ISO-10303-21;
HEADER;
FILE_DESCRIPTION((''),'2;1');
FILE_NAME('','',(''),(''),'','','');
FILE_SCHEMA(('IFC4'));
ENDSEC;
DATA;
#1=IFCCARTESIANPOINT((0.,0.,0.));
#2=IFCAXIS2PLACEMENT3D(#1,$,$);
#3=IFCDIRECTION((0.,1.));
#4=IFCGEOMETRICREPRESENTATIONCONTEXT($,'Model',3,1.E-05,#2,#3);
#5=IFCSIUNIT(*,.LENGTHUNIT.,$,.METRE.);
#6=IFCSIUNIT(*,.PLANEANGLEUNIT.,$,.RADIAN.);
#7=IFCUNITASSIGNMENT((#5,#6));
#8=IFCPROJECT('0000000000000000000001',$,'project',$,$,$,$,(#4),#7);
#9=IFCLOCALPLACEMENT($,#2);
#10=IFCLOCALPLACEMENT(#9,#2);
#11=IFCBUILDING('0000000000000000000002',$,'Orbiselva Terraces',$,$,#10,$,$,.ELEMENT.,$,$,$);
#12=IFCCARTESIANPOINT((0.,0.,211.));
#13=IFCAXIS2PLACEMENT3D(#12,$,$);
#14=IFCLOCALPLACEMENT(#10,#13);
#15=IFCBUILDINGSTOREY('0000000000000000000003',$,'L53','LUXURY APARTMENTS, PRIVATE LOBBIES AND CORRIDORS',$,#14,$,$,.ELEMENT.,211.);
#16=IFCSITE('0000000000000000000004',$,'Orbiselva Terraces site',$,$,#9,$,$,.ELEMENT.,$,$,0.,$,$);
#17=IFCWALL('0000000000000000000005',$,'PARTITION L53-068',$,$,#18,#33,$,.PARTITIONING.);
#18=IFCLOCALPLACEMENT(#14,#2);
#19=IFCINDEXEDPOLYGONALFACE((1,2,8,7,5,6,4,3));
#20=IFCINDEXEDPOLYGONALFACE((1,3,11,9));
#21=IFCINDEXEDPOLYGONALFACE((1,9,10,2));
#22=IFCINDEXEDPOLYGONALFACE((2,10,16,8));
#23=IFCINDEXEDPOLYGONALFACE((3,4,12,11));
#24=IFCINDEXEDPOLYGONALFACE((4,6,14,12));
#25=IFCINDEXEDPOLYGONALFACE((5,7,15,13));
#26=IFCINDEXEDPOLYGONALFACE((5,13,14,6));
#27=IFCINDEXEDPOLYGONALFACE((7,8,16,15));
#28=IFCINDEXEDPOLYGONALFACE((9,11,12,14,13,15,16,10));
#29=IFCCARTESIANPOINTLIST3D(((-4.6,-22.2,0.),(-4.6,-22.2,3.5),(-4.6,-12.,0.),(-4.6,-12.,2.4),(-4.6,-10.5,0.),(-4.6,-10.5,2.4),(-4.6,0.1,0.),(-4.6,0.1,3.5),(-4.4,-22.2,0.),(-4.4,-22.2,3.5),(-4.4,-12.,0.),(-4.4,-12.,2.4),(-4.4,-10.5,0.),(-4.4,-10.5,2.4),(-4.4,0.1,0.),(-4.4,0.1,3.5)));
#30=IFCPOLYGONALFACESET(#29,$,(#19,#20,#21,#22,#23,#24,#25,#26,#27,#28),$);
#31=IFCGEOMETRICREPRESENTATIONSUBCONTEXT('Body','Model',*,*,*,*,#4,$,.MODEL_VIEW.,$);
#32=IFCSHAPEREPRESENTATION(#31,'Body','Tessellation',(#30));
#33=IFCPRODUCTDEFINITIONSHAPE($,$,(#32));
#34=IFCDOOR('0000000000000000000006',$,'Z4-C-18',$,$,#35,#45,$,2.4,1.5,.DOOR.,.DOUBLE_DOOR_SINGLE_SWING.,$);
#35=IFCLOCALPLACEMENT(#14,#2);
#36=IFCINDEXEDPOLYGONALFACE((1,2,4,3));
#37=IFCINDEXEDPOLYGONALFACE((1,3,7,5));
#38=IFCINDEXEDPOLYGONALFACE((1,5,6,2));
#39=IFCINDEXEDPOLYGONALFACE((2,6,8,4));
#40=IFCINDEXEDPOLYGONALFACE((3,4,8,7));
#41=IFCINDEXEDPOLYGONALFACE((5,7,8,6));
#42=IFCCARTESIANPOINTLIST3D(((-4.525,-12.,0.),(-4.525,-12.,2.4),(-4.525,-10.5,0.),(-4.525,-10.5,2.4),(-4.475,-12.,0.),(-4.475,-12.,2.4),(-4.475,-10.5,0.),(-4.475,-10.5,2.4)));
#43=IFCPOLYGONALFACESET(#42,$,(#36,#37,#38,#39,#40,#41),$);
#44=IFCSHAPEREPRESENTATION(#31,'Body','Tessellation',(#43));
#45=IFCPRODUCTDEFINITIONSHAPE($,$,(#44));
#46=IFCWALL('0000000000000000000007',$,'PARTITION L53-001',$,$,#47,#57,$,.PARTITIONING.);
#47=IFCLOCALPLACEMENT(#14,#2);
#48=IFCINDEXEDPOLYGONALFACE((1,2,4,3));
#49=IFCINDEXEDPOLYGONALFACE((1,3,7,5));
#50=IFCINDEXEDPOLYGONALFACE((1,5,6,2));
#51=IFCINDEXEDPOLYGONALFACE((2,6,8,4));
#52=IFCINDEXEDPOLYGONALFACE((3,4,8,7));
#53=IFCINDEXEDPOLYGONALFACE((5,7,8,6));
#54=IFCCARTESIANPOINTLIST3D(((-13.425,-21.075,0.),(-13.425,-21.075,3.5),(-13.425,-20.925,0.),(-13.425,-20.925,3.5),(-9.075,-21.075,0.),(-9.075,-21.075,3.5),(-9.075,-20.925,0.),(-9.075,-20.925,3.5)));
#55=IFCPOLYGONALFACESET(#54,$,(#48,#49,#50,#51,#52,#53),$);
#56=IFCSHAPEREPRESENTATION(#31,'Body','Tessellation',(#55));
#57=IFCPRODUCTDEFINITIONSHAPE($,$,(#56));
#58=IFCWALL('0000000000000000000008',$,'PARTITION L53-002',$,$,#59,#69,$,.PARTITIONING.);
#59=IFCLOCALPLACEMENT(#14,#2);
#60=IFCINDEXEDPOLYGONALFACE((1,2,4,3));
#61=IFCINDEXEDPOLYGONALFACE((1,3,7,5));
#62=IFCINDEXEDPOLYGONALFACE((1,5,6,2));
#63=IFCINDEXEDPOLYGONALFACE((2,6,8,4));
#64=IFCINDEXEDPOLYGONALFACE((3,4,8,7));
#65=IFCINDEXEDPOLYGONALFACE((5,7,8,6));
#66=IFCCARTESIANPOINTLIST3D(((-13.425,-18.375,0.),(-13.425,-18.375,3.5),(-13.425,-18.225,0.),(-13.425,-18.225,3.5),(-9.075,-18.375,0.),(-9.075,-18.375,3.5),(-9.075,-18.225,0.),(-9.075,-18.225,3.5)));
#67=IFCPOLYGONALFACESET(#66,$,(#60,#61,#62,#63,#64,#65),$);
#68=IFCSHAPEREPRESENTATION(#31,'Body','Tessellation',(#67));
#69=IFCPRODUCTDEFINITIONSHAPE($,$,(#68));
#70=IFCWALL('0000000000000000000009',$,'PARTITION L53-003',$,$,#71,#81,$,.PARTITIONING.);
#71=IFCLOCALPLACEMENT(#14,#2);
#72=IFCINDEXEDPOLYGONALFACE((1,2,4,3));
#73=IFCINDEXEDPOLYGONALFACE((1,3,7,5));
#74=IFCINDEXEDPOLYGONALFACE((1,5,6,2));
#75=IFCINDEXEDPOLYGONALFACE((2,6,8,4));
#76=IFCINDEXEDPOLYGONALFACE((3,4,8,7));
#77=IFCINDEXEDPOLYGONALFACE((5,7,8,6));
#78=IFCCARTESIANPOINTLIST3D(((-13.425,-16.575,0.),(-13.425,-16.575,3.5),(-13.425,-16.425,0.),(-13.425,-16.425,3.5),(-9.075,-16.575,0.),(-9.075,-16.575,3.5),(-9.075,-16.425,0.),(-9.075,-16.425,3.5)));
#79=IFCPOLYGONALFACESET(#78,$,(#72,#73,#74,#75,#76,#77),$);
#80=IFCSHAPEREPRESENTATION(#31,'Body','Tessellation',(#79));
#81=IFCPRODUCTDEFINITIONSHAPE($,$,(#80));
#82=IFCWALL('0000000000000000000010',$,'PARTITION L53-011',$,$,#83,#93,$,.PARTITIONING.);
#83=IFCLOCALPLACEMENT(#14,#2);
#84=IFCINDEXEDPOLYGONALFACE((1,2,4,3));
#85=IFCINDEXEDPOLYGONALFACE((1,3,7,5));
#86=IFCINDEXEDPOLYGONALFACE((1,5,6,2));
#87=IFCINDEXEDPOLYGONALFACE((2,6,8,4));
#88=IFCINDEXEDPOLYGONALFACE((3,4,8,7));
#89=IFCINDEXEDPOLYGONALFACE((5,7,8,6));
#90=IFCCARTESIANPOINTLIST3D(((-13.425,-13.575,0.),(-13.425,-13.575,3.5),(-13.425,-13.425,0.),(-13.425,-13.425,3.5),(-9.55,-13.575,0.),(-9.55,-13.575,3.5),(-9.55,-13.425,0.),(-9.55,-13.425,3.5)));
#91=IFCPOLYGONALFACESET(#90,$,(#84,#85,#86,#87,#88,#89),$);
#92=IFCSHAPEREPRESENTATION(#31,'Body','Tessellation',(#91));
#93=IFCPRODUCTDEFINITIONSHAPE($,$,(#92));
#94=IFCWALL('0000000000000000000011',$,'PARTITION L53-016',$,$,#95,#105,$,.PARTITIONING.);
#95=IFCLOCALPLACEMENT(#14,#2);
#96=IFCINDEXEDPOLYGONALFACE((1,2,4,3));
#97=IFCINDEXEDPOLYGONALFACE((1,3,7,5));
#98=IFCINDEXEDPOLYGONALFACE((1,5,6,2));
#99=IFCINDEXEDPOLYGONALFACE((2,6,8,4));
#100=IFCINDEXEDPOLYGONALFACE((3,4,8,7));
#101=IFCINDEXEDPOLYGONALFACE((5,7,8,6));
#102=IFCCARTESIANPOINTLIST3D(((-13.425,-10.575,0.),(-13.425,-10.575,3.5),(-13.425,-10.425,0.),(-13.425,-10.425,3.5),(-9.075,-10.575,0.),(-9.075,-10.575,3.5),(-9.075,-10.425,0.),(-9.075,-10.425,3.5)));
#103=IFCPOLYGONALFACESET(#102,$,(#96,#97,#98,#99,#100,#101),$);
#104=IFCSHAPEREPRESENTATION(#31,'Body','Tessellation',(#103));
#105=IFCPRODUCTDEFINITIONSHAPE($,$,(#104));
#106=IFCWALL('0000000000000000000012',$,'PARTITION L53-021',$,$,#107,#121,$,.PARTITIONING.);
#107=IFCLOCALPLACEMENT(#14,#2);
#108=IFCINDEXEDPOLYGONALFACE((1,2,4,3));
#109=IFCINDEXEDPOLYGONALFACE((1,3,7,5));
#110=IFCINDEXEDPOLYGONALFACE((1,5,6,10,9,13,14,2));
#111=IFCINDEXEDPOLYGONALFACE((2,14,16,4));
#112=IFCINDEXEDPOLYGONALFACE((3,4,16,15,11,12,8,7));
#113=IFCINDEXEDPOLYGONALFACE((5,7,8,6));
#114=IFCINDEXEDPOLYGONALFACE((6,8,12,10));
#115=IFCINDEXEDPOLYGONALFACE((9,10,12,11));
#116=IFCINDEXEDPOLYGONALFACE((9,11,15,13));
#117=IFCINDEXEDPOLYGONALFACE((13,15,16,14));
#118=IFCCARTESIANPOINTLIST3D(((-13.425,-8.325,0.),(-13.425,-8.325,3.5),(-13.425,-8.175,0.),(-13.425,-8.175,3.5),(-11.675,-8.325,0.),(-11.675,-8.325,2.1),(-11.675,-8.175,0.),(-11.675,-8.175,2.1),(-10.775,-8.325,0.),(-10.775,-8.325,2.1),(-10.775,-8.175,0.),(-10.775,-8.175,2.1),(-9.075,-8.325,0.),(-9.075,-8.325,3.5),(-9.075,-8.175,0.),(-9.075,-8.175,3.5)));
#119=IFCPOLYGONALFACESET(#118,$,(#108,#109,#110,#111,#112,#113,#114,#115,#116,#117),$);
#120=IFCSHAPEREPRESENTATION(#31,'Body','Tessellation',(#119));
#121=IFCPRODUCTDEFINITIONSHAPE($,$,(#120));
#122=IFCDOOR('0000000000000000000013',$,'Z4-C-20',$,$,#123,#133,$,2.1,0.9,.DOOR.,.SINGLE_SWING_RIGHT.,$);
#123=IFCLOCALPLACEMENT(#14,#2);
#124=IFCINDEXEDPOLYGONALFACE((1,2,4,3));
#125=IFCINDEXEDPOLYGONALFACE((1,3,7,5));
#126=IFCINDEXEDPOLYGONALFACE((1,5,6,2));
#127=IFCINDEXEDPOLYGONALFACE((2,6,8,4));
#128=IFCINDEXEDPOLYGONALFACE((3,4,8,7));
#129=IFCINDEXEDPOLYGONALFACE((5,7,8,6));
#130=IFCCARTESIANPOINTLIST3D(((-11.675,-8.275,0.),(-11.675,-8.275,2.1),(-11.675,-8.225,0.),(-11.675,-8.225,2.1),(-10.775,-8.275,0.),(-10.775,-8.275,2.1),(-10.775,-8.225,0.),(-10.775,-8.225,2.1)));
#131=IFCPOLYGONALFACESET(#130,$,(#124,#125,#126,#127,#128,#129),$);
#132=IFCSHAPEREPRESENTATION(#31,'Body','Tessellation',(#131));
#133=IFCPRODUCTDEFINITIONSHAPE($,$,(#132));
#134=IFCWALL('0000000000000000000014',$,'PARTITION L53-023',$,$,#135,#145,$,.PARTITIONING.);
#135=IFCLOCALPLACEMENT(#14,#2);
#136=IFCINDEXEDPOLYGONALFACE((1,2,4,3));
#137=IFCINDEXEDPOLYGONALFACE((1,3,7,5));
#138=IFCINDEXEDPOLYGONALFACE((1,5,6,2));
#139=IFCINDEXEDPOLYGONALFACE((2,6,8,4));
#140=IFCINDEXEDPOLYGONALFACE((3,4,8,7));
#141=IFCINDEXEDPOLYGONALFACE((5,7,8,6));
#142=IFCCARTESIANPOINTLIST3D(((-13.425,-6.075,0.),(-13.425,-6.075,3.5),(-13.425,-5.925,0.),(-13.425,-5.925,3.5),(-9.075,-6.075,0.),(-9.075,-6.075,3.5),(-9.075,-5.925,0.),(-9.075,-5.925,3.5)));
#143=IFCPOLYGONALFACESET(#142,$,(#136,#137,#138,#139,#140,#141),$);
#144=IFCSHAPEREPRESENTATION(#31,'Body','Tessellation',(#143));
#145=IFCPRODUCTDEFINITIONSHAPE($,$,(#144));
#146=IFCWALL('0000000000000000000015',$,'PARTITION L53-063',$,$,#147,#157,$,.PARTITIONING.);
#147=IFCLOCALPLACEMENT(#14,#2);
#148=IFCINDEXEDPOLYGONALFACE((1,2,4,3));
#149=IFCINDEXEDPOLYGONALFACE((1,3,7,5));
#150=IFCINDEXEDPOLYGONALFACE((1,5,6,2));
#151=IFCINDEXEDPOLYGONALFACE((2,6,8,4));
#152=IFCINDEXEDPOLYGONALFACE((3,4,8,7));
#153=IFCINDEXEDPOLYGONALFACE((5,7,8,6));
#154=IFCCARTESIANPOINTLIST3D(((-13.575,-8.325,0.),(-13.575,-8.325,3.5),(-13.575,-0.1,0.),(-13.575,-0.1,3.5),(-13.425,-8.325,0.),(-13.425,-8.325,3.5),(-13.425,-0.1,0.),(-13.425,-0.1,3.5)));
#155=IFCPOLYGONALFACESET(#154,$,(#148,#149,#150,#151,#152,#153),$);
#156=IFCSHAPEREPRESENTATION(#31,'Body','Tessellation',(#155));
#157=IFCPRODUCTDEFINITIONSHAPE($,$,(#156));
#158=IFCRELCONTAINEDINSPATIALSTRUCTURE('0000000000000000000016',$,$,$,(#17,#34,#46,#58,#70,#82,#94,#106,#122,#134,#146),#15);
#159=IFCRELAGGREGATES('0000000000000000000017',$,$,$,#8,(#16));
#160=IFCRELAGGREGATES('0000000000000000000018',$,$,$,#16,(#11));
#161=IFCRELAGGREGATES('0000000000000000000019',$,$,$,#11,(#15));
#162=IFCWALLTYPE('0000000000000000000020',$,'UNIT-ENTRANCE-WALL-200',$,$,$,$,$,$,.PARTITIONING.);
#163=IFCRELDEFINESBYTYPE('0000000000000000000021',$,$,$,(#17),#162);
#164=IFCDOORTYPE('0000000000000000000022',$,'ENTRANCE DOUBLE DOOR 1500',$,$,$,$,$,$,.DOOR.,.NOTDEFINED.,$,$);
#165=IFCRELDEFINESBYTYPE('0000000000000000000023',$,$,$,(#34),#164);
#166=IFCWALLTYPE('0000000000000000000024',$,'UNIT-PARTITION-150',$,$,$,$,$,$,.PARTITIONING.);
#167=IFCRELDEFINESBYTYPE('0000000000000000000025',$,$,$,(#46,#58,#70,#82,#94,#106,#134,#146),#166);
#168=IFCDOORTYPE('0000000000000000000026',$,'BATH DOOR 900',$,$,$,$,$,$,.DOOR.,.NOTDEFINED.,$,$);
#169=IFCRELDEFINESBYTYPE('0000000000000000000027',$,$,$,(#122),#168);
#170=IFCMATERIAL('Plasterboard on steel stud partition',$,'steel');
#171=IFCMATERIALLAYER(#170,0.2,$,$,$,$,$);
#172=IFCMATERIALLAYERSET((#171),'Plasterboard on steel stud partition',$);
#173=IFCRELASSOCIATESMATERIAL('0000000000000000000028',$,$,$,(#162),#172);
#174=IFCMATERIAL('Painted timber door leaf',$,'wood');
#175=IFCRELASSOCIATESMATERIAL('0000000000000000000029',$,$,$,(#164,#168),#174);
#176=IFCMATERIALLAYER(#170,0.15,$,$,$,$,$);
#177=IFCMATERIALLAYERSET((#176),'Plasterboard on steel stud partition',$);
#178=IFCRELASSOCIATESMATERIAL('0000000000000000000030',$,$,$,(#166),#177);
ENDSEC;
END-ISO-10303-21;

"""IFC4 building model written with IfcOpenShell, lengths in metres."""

from ifc_helpers import new_model, si_unit, direction, frame, frame_2d, origin, place, context, subcontext, project, spatial, rectangle, extrude, material, layer, layer_set, type_object, element, fill, save


model = new_model("IFC4")

# Units and contexts
model_context = context("Model", 3, precision=1e-05, world=origin(), true_north=direction((0.0, 1.0)))
body_context = subcontext(model_context, "Body", "Model", "MODEL_VIEW")
ifc_project = project(units=[si_unit("LENGTHUNIT", "METRE"), si_unit("PLANEANGLEUNIT", "RADIAN")], contexts=[model_context])

# Site, building, storey
site_placement = place(None, origin())
site = spatial("IfcSite", under=ifc_project, at=site_placement, Name="Orbiselva Terraces site", CompositionType="ELEMENT", RefElevation=0.0)
building_placement = place(site_placement, origin())
building = spatial("IfcBuilding", under=site, at=building_placement, Name="Orbiselva Terraces", CompositionType="ELEMENT")
storey_placement = place(building_placement, frame((0.0, 0.0, 211.0)))
storey = spatial("IfcBuildingStorey", under=building, at=storey_placement, Name="L53", Description="LUXURY APARTMENTS, PRIVATE LOBBIES AND CORRIDORS", CompositionType="ELEMENT", Elevation=211.0)

# Wall, opening, door
ifc_material_1 = material(Name="Plasterboard on steel stud partition", Category="steel")
ifc_layer_1 = layer(ifc_material_1, 0.2)
ifc_layer_set_1 = layer_set([ifc_layer_1], Name="Plasterboard on steel stud partition")
wall_type_1 = type_object("IfcWallType", Name="UNIT-ENTRANCE-WALL-200", PredefinedType="PARTITIONING", material=ifc_layer_set_1)
wall_1_placement = place(storey_placement, frame((-4.5, -22.2, 0.0), z_axis=(0.0, 0.0, 1.0), x_axis=(0.0, 1.0, 0.0)))
wall_1 = element("IfcWall", 1, at=wall_1_placement, inside=storey, type_object=wall_type_1, Name="PARTITION L53-068", PredefinedType="PARTITIONING", context=body_context, shape_type="SweptSolid", body=[
    extrude(rectangle(XDim=22.3, YDim=0.2, at=frame_2d((11.15, 0.0))), origin(), (0.0, 0.0, 1.0), 3.5),
])
opening_1_placement = place(wall_1_placement, frame((10.2, 0.0, 0.0)))
opening_1 = element("IfcOpeningElement", 2, at=opening_1_placement, cuts=wall_1, PredefinedType="OPENING", context=body_context, shape_type="SweptSolid", body=[
    extrude(rectangle(XDim=1.5, YDim=2.4, at=frame_2d((0.75, 1.2))), frame((0.0, 0.11, 0.0), z_axis=(0.0, -1.0, 0.0), x_axis=(1.0, 0.0, 0.0)), (0.0, 0.0, 1.0), 0.22),
])
ifc_material_2 = material(Name="Painted timber door leaf", Category="wood")
door_type_1 = type_object("IfcDoorType", Name="ENTRANCE DOUBLE DOOR 1500", OperationType="NOTDEFINED", PredefinedType="DOOR", material=ifc_material_2)
door_1_placement = place(opening_1_placement, origin())
door_1 = element("IfcDoor", 3, at=door_1_placement, inside=storey, type_object=door_type_1, Name="Z4-C-18", OperationType="DOUBLE_DOOR_SINGLE_SWING", OverallHeight=2.4, OverallWidth=1.5, PredefinedType="DOOR", context=body_context, shape_type="SweptSolid", body=[
    extrude(rectangle(XDim=1.5, YDim=2.4, at=frame_2d((0.75, 1.2))), frame((0.0, 0.025, 0.0), z_axis=(0.0, -1.0, 0.0), x_axis=(1.0, 0.0, 0.0)), (0.0, 0.0, 1.0), 0.05),
])
fill(opening_1, door_1)

# Walls
ifc_layer_2 = layer(ifc_material_1, 0.15)
ifc_layer_set_2 = layer_set([ifc_layer_2], Name="Plasterboard on steel stud partition")
wall_type_2 = type_object("IfcWallType", Name="UNIT-PARTITION-150", PredefinedType="PARTITIONING", material=ifc_layer_set_2)
for number, where, z_axis, x_axis, name in (
    (4, (-13.425, -21.0, 0.0), (0.0, 0.0, 1.0), (1.0, 0.0, 0.0), "PARTITION L53-001"),
    (5, (-13.425, -18.3, 0.0), (0.0, 0.0, 1.0), (1.0, 0.0, 0.0), "PARTITION L53-002"),
    (6, (-13.425, -16.5, 0.0), (0.0, 0.0, 1.0), (1.0, 0.0, 0.0), "PARTITION L53-003"),
):
    element("IfcWall", number, at=place(storey_placement, frame(where, z_axis=z_axis, x_axis=x_axis)), inside=storey, type_object=wall_type_2, Name=name, PredefinedType="PARTITIONING", context=body_context, shape_type="SweptSolid", body=[
        extrude(rectangle(XDim=4.35, YDim=0.15, at=frame_2d((2.175, 0.0))), origin(), (0.0, 0.0, 1.0), 3.5),
    ])
wall_2_placement = place(storey_placement, frame((-13.425, -13.5, 0.0), z_axis=(0.0, 0.0, 1.0), x_axis=(1.0, 0.0, 0.0)))
element("IfcWall", 7, at=wall_2_placement, inside=storey, type_object=wall_type_2, Name="PARTITION L53-011", PredefinedType="PARTITIONING", context=body_context, shape_type="SweptSolid", body=[
    extrude(rectangle(XDim=3.875, YDim=0.15, at=frame_2d((1.9375, 0.0))), origin(), (0.0, 0.0, 1.0), 3.5),
])
wall_3_placement = place(storey_placement, frame((-13.425, -10.5, 0.0), z_axis=(0.0, 0.0, 1.0), x_axis=(1.0, 0.0, 0.0)))
element("IfcWall", 8, at=wall_3_placement, inside=storey, type_object=wall_type_2, Name="PARTITION L53-016", PredefinedType="PARTITIONING", context=body_context, shape_type="SweptSolid", body=[
    extrude(rectangle(XDim=4.35, YDim=0.15, at=frame_2d((2.175, 0.0))), origin(), (0.0, 0.0, 1.0), 3.5),
])

# Wall, opening, door
wall_4_placement = place(storey_placement, frame((-13.425, -8.25, 0.0), z_axis=(0.0, 0.0, 1.0), x_axis=(1.0, 0.0, 0.0)))
wall_4 = element("IfcWall", 9, at=wall_4_placement, inside=storey, type_object=wall_type_2, Name="PARTITION L53-021", PredefinedType="PARTITIONING", context=body_context, shape_type="SweptSolid", body=[
    extrude(rectangle(XDim=4.35, YDim=0.15, at=frame_2d((2.175, 0.0))), origin(), (0.0, 0.0, 1.0), 3.5),
])
opening_2_placement = place(wall_4_placement, frame((1.75, 0.0, 0.0)))
opening_2 = element("IfcOpeningElement", 10, at=opening_2_placement, cuts=wall_4, PredefinedType="OPENING", context=body_context, shape_type="SweptSolid", body=[
    extrude(rectangle(XDim=0.9, YDim=2.1, at=frame_2d((0.45, 1.05))), frame((0.0, 0.085, 0.0), z_axis=(0.0, -1.0, 0.0), x_axis=(1.0, 0.0, 0.0)), (0.0, 0.0, 1.0), 0.17),
])
door_type_2 = type_object("IfcDoorType", Name="BATH DOOR 900", OperationType="NOTDEFINED", PredefinedType="DOOR", material=ifc_material_2)
door_2_placement = place(opening_2_placement, origin())
door_2 = element("IfcDoor", 11, at=door_2_placement, inside=storey, type_object=door_type_2, Name="Z4-C-20", OperationType="SINGLE_SWING_RIGHT", OverallHeight=2.1, OverallWidth=0.9, PredefinedType="DOOR", context=body_context, shape_type="SweptSolid", body=[
    extrude(rectangle(XDim=0.9, YDim=2.1, at=frame_2d((0.45, 1.05))), frame((0.0, 0.025, 0.0), z_axis=(0.0, -1.0, 0.0), x_axis=(1.0, 0.0, 0.0)), (0.0, 0.0, 1.0), 0.05),
])
fill(opening_2, door_2)

# Walls
wall_5_placement = place(storey_placement, frame((-13.425, -6.0, 0.0), z_axis=(0.0, 0.0, 1.0), x_axis=(1.0, 0.0, 0.0)))
element("IfcWall", 12, at=wall_5_placement, inside=storey, type_object=wall_type_2, Name="PARTITION L53-023", PredefinedType="PARTITIONING", context=body_context, shape_type="SweptSolid", body=[
    extrude(rectangle(XDim=4.35, YDim=0.15, at=frame_2d((2.175, 0.0))), origin(), (0.0, 0.0, 1.0), 3.5),
])
wall_6_placement = place(storey_placement, frame((-13.5, -8.325, 0.0), z_axis=(0.0, 0.0, 1.0), x_axis=(0.0, 1.0, 0.0)))
element("IfcWall", 13, at=wall_6_placement, inside=storey, type_object=wall_type_2, Name="PARTITION L53-063", PredefinedType="PARTITIONING", context=body_context, shape_type="SweptSolid", body=[
    extrude(rectangle(XDim=8.225, YDim=0.15, at=frame_2d((4.1125, 0.0))), origin(), (0.0, 0.0, 1.0), 3.5),
])

save(model, "model.ifc")
